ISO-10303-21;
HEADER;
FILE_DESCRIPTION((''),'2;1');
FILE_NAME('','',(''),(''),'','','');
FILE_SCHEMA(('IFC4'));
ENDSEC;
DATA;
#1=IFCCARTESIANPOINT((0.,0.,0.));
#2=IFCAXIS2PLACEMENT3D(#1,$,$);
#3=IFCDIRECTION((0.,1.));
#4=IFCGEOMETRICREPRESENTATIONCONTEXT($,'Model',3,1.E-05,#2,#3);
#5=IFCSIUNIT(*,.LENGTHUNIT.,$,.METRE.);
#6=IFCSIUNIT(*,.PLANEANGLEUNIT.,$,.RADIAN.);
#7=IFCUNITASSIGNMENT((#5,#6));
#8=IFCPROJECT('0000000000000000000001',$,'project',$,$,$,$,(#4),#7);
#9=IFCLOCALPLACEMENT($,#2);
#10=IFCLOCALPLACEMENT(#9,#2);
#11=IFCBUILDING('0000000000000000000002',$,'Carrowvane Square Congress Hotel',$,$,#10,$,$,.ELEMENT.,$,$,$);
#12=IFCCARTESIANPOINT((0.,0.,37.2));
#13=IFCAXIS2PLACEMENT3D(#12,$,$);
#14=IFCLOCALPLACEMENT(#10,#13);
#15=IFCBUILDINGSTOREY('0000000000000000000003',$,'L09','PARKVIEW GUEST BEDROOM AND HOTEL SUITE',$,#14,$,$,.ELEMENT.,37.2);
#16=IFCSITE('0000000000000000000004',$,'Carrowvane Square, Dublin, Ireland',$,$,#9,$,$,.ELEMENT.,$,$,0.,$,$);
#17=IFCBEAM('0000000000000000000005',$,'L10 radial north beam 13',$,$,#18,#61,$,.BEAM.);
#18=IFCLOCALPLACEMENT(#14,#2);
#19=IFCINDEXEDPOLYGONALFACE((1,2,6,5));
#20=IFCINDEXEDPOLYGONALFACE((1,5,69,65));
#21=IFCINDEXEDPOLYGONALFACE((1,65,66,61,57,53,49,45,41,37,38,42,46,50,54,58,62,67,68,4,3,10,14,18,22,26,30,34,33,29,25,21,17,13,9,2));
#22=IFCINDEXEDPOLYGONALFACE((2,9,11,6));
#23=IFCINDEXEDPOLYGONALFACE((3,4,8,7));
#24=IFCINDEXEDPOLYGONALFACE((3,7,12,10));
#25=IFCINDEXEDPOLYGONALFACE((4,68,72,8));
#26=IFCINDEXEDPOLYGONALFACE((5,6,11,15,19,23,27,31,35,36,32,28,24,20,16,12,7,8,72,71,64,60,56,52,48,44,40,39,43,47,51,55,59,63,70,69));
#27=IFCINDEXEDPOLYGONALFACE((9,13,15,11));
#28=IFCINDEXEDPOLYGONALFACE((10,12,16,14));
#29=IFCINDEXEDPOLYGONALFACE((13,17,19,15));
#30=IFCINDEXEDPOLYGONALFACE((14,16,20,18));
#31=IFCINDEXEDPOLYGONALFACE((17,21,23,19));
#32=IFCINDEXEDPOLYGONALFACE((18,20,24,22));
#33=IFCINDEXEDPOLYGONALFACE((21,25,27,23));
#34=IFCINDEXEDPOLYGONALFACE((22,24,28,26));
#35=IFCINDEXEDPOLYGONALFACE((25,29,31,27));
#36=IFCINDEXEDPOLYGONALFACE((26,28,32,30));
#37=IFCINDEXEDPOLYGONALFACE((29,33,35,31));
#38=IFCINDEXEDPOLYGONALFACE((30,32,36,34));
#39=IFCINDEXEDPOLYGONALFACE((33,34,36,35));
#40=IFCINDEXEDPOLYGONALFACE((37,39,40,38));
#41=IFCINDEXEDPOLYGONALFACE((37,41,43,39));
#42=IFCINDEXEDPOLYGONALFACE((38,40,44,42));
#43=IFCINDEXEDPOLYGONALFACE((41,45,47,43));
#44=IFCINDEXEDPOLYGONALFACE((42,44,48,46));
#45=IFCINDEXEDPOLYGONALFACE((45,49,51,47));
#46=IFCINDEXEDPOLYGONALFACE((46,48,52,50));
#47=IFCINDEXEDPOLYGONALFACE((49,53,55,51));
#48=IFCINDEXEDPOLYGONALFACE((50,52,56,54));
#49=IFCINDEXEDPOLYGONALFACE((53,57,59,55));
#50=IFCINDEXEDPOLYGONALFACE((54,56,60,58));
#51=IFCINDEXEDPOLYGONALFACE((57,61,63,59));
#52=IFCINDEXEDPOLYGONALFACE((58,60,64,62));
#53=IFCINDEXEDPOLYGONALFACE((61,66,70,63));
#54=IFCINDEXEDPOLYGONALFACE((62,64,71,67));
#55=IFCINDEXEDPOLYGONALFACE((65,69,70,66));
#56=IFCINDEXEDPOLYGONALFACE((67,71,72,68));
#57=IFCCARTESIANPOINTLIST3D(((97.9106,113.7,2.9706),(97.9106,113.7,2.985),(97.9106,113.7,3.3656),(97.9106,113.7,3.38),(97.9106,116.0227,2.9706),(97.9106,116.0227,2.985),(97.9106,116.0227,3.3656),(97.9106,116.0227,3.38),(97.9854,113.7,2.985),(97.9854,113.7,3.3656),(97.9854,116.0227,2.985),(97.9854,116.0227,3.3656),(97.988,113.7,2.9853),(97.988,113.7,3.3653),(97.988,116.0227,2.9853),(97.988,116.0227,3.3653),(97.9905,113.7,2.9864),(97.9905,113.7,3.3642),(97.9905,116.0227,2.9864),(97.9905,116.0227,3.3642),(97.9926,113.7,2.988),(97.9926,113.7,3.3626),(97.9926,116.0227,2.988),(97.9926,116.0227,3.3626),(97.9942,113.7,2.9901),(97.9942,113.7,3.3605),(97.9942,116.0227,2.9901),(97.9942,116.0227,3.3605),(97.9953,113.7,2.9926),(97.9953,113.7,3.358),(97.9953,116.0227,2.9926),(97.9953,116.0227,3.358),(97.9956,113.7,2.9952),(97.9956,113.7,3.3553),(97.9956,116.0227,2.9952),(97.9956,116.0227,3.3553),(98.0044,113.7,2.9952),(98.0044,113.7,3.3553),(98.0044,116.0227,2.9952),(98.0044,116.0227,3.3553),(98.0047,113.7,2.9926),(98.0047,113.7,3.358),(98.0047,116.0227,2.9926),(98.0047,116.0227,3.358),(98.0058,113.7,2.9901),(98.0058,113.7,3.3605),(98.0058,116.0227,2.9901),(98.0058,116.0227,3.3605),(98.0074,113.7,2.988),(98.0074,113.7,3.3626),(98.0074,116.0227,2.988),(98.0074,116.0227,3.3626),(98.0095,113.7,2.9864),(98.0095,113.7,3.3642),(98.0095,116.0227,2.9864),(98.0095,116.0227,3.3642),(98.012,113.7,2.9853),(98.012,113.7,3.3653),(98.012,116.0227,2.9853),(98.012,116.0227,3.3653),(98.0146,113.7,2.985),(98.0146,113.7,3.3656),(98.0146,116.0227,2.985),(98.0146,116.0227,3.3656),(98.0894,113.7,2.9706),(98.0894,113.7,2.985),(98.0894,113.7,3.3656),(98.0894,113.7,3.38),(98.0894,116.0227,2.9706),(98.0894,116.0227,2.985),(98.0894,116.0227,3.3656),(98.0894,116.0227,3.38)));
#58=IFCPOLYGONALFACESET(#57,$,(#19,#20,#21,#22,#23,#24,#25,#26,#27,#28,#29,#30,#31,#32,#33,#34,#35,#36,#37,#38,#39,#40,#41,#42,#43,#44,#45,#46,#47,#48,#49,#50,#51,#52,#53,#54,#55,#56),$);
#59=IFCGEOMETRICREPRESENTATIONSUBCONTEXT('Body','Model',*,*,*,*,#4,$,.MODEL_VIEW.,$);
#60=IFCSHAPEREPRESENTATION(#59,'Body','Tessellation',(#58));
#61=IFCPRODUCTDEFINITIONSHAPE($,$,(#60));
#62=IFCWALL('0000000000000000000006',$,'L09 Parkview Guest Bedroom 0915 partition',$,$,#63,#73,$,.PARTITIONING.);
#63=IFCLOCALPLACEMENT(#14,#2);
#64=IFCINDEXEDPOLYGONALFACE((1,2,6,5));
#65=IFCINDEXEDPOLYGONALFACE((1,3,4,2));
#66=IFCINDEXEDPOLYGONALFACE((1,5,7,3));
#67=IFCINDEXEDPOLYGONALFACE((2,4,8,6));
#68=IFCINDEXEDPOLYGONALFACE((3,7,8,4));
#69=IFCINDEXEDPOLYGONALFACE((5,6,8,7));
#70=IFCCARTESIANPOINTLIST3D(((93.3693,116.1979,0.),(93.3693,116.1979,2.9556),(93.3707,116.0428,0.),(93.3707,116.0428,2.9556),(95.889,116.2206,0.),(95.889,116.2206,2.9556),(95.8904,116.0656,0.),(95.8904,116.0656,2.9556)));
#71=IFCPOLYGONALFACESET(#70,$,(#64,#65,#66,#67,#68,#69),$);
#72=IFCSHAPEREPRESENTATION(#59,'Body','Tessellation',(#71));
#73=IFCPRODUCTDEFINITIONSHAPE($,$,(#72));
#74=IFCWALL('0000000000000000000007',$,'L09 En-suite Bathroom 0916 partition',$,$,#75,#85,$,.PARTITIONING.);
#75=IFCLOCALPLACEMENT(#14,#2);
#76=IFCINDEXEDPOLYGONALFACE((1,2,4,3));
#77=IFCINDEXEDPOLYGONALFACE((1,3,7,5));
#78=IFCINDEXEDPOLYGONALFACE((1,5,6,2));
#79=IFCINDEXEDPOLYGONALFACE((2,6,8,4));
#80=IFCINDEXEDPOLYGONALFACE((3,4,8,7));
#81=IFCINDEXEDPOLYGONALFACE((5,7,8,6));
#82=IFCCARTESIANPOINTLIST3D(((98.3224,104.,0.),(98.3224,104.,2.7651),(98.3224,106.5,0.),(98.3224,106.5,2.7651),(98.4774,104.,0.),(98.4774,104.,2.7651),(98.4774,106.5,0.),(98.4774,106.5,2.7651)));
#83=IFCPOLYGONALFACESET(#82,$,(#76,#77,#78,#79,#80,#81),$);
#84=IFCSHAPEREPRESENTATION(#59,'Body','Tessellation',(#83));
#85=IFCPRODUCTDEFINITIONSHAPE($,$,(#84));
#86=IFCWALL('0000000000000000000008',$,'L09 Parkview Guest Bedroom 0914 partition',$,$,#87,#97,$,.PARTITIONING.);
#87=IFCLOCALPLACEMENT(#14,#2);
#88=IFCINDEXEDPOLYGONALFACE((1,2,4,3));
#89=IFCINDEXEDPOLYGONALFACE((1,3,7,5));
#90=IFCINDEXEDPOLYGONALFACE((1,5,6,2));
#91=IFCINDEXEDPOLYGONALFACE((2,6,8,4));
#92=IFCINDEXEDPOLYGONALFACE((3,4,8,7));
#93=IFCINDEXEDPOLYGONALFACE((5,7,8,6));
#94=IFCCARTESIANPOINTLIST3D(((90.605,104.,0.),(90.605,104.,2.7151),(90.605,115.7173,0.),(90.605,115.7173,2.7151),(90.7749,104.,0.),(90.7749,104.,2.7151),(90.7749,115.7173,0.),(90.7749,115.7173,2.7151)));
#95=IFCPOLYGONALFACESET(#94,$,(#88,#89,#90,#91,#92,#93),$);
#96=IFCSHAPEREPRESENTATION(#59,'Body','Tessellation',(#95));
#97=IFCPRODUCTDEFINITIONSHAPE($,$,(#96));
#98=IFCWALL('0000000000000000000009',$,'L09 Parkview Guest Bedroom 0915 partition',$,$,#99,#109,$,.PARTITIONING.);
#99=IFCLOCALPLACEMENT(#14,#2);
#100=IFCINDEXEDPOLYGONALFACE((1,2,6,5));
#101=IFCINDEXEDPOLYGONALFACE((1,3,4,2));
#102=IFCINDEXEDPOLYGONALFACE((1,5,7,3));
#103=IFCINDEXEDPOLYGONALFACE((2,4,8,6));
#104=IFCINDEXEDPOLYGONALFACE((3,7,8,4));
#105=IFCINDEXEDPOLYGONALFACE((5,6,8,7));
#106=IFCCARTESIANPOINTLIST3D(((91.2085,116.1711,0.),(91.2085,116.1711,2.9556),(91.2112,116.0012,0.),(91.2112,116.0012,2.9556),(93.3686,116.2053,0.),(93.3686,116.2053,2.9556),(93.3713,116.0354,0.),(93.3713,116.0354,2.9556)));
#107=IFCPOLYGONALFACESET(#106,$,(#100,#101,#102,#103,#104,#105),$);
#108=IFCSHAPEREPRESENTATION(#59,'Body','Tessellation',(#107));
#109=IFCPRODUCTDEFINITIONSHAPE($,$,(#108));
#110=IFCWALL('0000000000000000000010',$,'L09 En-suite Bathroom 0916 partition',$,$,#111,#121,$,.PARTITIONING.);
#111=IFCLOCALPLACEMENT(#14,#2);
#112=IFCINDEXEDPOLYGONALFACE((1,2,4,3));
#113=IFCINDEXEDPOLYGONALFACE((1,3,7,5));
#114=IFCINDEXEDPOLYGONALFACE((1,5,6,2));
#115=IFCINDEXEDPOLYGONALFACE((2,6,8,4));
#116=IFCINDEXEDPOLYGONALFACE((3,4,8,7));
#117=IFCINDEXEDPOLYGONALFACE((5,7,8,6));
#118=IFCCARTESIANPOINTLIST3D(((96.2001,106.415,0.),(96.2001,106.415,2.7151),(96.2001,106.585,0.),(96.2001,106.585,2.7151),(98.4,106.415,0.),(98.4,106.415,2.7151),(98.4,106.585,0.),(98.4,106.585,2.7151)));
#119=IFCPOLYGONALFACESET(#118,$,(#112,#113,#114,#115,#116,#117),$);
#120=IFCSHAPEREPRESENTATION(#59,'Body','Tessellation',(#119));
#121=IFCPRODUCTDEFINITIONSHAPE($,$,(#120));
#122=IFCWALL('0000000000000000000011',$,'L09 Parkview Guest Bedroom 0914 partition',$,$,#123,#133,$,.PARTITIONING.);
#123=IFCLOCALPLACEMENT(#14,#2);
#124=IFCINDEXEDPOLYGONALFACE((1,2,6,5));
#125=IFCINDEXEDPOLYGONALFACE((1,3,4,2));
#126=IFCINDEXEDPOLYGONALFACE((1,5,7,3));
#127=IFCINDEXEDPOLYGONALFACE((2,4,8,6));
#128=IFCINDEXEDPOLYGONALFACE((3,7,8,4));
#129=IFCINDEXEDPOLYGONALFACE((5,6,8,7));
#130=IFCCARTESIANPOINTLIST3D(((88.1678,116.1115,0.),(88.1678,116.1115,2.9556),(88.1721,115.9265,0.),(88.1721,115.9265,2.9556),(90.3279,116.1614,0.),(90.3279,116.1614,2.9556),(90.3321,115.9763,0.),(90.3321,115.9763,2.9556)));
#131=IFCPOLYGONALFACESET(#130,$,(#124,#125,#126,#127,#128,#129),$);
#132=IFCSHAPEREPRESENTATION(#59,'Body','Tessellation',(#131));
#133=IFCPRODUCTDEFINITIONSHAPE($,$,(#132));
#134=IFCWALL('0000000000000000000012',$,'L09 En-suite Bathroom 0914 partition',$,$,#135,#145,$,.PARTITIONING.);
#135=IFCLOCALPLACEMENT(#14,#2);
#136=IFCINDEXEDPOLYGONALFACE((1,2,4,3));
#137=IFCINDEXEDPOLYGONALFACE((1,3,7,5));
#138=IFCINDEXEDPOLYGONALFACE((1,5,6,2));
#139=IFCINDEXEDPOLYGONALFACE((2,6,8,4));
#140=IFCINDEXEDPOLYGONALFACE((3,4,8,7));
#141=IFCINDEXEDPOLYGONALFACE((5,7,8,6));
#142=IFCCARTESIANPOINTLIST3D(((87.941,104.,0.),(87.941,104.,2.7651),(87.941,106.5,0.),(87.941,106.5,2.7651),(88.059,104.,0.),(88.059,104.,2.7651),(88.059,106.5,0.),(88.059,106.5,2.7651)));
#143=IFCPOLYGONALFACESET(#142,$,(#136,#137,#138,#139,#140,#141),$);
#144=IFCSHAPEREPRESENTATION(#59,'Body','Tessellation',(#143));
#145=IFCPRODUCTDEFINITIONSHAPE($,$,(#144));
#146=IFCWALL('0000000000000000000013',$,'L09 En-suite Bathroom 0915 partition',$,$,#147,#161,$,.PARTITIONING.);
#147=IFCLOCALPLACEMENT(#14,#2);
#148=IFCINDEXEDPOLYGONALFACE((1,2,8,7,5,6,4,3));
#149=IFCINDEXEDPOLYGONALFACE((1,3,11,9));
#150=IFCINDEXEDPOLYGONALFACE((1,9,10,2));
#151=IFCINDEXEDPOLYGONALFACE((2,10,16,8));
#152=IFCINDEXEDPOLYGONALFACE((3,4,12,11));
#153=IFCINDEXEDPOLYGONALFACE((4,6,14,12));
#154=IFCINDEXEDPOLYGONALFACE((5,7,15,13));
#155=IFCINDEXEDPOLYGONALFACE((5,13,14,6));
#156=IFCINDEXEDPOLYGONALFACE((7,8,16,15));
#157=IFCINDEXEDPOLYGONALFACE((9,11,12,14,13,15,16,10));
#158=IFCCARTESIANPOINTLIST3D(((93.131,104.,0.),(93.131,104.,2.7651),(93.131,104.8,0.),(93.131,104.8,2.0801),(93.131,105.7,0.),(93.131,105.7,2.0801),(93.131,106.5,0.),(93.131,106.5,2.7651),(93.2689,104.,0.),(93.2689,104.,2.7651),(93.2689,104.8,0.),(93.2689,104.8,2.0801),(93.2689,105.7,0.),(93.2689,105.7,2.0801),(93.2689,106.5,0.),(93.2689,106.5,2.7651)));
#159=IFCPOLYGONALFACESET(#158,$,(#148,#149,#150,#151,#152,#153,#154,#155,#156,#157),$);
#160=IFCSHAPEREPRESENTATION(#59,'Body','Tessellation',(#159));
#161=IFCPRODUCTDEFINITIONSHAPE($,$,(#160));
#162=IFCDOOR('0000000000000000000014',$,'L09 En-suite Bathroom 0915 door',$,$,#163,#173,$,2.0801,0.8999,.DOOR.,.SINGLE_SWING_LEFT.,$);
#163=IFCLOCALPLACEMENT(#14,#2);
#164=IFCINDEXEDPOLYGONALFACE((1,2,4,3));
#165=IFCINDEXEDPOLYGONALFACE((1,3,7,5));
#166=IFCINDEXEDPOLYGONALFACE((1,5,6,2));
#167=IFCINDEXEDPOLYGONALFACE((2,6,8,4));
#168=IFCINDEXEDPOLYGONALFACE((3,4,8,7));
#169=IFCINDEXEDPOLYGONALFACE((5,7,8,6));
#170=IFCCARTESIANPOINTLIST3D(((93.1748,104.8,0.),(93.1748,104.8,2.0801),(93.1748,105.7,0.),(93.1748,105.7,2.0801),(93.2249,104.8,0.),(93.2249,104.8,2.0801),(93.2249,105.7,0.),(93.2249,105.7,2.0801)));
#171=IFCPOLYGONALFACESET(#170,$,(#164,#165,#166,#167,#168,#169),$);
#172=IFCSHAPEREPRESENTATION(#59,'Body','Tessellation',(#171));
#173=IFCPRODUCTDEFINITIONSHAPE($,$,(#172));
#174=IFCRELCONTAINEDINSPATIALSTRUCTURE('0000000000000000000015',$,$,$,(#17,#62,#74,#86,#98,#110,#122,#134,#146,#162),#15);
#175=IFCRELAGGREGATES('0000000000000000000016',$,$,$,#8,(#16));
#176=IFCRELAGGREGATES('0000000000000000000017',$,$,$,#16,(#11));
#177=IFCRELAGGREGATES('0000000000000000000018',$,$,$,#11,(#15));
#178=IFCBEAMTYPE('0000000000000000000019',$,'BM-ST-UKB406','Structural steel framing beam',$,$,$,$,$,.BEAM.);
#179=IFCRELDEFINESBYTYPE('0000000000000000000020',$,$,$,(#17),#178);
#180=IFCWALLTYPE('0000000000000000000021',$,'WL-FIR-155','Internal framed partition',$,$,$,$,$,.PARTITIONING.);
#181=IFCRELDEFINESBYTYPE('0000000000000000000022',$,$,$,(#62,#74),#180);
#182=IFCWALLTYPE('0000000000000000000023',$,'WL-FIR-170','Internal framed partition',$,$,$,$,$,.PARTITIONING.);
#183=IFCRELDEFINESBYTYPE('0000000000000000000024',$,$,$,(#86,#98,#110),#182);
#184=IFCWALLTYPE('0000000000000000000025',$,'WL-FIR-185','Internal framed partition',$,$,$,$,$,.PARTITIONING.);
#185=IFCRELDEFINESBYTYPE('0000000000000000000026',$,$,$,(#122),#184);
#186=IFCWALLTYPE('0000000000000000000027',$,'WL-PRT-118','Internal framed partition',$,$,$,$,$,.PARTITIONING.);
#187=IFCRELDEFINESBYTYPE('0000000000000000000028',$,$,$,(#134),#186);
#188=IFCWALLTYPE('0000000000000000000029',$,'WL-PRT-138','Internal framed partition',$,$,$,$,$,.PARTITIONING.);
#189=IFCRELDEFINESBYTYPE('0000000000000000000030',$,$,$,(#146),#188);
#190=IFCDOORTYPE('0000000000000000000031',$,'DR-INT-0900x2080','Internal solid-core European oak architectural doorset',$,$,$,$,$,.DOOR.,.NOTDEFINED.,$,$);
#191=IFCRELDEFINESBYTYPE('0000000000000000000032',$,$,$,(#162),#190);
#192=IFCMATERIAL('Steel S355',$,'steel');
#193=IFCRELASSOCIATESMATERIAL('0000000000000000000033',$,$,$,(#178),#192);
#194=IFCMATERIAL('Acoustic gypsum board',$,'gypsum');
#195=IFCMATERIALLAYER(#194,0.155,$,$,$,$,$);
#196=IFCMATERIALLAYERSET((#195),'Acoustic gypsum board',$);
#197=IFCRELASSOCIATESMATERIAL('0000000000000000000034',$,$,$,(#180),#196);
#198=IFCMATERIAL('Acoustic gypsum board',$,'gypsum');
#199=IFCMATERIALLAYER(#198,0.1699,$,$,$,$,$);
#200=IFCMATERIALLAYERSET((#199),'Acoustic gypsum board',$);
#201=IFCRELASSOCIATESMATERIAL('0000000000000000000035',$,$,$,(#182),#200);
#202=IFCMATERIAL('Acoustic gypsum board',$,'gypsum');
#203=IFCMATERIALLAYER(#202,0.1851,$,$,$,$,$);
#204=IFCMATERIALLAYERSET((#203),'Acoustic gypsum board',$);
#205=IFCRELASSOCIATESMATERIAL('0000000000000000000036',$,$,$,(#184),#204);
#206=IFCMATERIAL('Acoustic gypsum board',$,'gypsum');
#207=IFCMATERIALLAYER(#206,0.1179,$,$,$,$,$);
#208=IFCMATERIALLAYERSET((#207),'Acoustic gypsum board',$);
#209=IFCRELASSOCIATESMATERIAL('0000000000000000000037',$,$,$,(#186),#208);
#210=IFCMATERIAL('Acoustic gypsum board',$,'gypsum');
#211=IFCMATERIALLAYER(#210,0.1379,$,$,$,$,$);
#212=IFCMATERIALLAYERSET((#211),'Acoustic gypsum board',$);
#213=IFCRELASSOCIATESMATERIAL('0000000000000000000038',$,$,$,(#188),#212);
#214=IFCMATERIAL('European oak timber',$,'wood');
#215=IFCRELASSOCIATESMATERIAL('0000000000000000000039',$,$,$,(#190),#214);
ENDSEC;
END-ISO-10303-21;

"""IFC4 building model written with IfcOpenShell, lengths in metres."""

from ifc_helpers import new_model, si_unit, direction, frame, frame_2d, origin, origin_2d, place, context, subcontext, project, spatial, rectangle, i_section, extrude, material, layer, layer_set, material_profile, profile_set, type_object, element, fill, save


model = new_model("IFC4")

# Units and contexts
model_context = context("Model", 3, precision=1e-05, world=origin(), true_north=direction((0.0, 1.0)))
body_context = subcontext(model_context, "Body", "Model", "MODEL_VIEW")
ifc_project = project(units=[si_unit("LENGTHUNIT", "METRE"), si_unit("PLANEANGLEUNIT", "RADIAN")], contexts=[model_context])

# Site, building, storey
site_placement = place(None, origin())
site = spatial("IfcSite", under=ifc_project, at=site_placement, Name="Carrowvane Square, Dublin, Ireland", CompositionType="ELEMENT", RefElevation=0.0)
building_placement = place(site_placement, origin())
building = spatial("IfcBuilding", under=site, at=building_placement, Name="Carrowvane Square Congress Hotel", CompositionType="ELEMENT")
storey_placement = place(building_placement, frame((0.0, 0.0, 37.2)))
storey = spatial("IfcBuildingStorey", under=building, at=storey_placement, Name="L09", Description="PARKVIEW GUEST BEDROOM AND HOTEL SUITE", CompositionType="ELEMENT", Elevation=37.2)

# Beam
ifc_material_1 = material(Name="Steel S355", Category="steel")
ifc_material_profile_1 = material_profile(ifc_material_1, i_section(OverallWidth=0.1787, OverallDepth=0.4094, WebThickness=0.0088, FlangeThickness=0.0144, FilletRadius=0.0103, at=origin_2d()), Name="UKB 406x178x67")
ifc_profile_set_1 = profile_set([ifc_material_profile_1], Name="Steel S355")
beam_type_1 = type_object("IfcBeamType", Name="BM-ST-UKB406", Description="Structural steel framing beam", PredefinedType="BEAM", material=ifc_profile_set_1)
beam_1_placement = place(storey_placement, frame((98.0, 113.7, 3.1753), z_axis=(0.0, 1.0, 0.0), x_axis=(-1.0, 0.0, 0.0)))
element("IfcBeam", 1, at=beam_1_placement, inside=storey, type_object=beam_type_1, Name="L10 radial north beam 13", PredefinedType="BEAM", context=body_context, shape_type="SweptSolid", body=[
    extrude(i_section(OverallWidth=0.1787, OverallDepth=0.4094, WebThickness=0.0088, FlangeThickness=0.0144, FilletRadius=0.0103, at=origin_2d()), origin(), (0.0, 0.0, 1.0), 2.3228),
])

# Walls
ifc_material_2 = material(Name="Acoustic gypsum board", Category="gypsum")
ifc_layer_1 = layer(ifc_material_2, 0.155)
ifc_layer_set_1 = layer_set([ifc_layer_1], Name="Acoustic gypsum board")
wall_type_1 = type_object("IfcWallType", Name="WL-FIR-155", Description="Internal framed partition", PredefinedType="PARTITIONING", material=ifc_layer_set_1)
wall_1_placement = place(storey_placement, frame((93.3701, 116.1204, 0.0), z_axis=(0.0, 0.0, 1.0), x_axis=(0.999959, 0.00901, 0.0)))
element("IfcWall", 2, at=wall_1_placement, inside=storey, type_object=wall_type_1, Name="L09 Parkview Guest Bedroom 0915 partition", PredefinedType="PARTITIONING", context=body_context, shape_type="SweptSolid", body=[
    extrude(rectangle(XDim=2.5198, YDim=0.155, at=frame_2d((1.2598, 0.0))), origin(), (0.0, 0.0, 1.0), 2.9556),
])
wall_2_placement = place(storey_placement, frame((98.3999, 106.5, 0.0), z_axis=(0.0, 0.0, 1.0), x_axis=(0.0, -1.0, 0.0)))
element("IfcWall", 3, at=wall_2_placement, inside=storey, type_object=wall_type_1, Name="L09 En-suite Bathroom 0916 partition", PredefinedType="PARTITIONING", context=body_context, shape_type="SweptSolid", body=[
    extrude(rectangle(XDim=2.5, YDim=0.155, at=frame_2d((1.25, 0.0))), origin(), (0.0, 0.0, 1.0), 2.7651),
])
ifc_material_3 = material(Name="Acoustic gypsum board", Category="gypsum")
ifc_layer_2 = layer(ifc_material_3, 0.1699)
ifc_layer_set_2 = layer_set([ifc_layer_2], Name="Acoustic gypsum board")
wall_type_2 = type_object("IfcWallType", Name="WL-FIR-170", Description="Internal framed partition", PredefinedType="PARTITIONING", material=ifc_layer_set_2)
wall_3_placement = place(storey_placement, frame((90.6899, 115.7173, 0.0), z_axis=(0.0, 0.0, 1.0), x_axis=(0.0, -1.0, 0.0)))
element("IfcWall", 4, at=wall_3_placement, inside=storey, type_object=wall_type_2, Name="L09 Parkview Guest Bedroom 0914 partition", PredefinedType="PARTITIONING", context=body_context, shape_type="SweptSolid", body=[
    extrude(rectangle(XDim=11.7173, YDim=0.1699, at=frame_2d((5.8586, 0.0))), origin(), (0.0, 0.0, 1.0), 2.7151),
])
wall_4_placement = place(storey_placement, frame((91.21, 116.0862, 0.0), z_axis=(0.0, 0.0, 1.0), x_axis=(0.999875, 0.015821, 0.0)))
element("IfcWall", 5, at=wall_4_placement, inside=storey, type_object=wall_type_2, Name="L09 Parkview Guest Bedroom 0915 partition", PredefinedType="PARTITIONING", context=body_context, shape_type="SweptSolid", body=[
    extrude(rectangle(XDim=2.1604, YDim=0.1699, at=frame_2d((1.0801, 0.0))), origin(), (0.0, 0.0, 1.0), 2.9556),
])
wall_5_placement = place(storey_placement, frame((96.2, 106.5, 0.0), z_axis=(0.0, 0.0, 1.0), x_axis=(1.0, 0.0, 0.0)))
element("IfcWall", 6, at=wall_5_placement, inside=storey, type_object=wall_type_2, Name="L09 En-suite Bathroom 0916 partition", PredefinedType="PARTITIONING", context=body_context, shape_type="SweptSolid", body=[
    extrude(rectangle(XDim=2.2, YDim=0.1699, at=frame_2d((1.1001, 0.0))), origin(), (0.0, 0.0, 1.0), 2.7151),
])
ifc_material_4 = material(Name="Acoustic gypsum board", Category="gypsum")
ifc_layer_3 = layer(ifc_material_4, 0.1851)
ifc_layer_set_3 = layer_set([ifc_layer_3], Name="Acoustic gypsum board")
wall_type_3 = type_object("IfcWallType", Name="WL-FIR-185", Description="Internal framed partition", PredefinedType="PARTITIONING", material=ifc_layer_set_3)
wall_6_placement = place(storey_placement, frame((88.1699, 116.019, 0.0), z_axis=(0.0, 0.0, 1.0), x_axis=(0.999734, 0.02305, 0.0)))
element("IfcWall", 7, at=wall_6_placement, inside=storey, type_object=wall_type_3, Name="L09 Parkview Guest Bedroom 0914 partition", PredefinedType="PARTITIONING", context=body_context, shape_type="SweptSolid", body=[
    extrude(rectangle(XDim=2.1606, YDim=0.1851, at=frame_2d((1.0803, 0.0))), origin(), (0.0, 0.0, 1.0), 2.9556),
])
ifc_material_5 = material(Name="Acoustic gypsum board", Category="gypsum")
ifc_layer_4 = layer(ifc_material_5, 0.1179)
ifc_layer_set_4 = layer_set([ifc_layer_4], Name="Acoustic gypsum board")
wall_type_4 = type_object("IfcWallType", Name="WL-PRT-118", Description="Internal framed partition", PredefinedType="PARTITIONING", material=ifc_layer_set_4)
wall_7_placement = place(storey_placement, frame((88.0, 106.5, 0.0), z_axis=(0.0, 0.0, 1.0), x_axis=(0.0, -1.0, 0.0)))
element("IfcWall", 8, at=wall_7_placement, inside=storey, type_object=wall_type_4, Name="L09 En-suite Bathroom 0914 partition", PredefinedType="PARTITIONING", context=body_context, shape_type="SweptSolid", body=[
    extrude(rectangle(XDim=2.5, YDim=0.1179, at=frame_2d((1.25, 0.0))), origin(), (0.0, 0.0, 1.0), 2.7651),
])

# Wall, opening, door
ifc_material_6 = material(Name="Acoustic gypsum board", Category="gypsum")
ifc_layer_5 = layer(ifc_material_6, 0.1379)
ifc_layer_set_5 = layer_set([ifc_layer_5], Name="Acoustic gypsum board")
wall_type_5 = type_object("IfcWallType", Name="WL-PRT-138", Description="Internal framed partition", PredefinedType="PARTITIONING", material=ifc_layer_set_5)
wall_8_placement = place(storey_placement, frame((93.2, 106.5, 0.0), z_axis=(0.0, 0.0, 1.0), x_axis=(0.0, -1.0, 0.0)))
wall_8 = element("IfcWall", 9, at=wall_8_placement, inside=storey, type_object=wall_type_5, Name="L09 En-suite Bathroom 0915 partition", PredefinedType="PARTITIONING", context=body_context, shape_type="SweptSolid", body=[
    extrude(rectangle(XDim=2.5, YDim=0.1379, at=frame_2d((1.25, 0.0))), origin(), (0.0, 0.0, 1.0), 2.7651),
])
opening_1_placement = place(wall_8_placement, frame((0.8, 0.0, 0.0)))
opening_1 = element("IfcOpeningElement", 10, at=opening_1_placement, cuts=wall_8, PredefinedType="OPENING", context=body_context, shape_type="SweptSolid", body=[
    extrude(rectangle(XDim=0.8999, YDim=2.0801, at=frame_2d((0.45, 1.04))), frame((0.0, 0.0789, 0.0), z_axis=(0.0, -1.0, 0.0), x_axis=(1.0, 0.0, 0.0)), (0.0, 0.0, 1.0), 0.158),
])
ifc_material_7 = material(Name="European oak timber", Category="wood")
door_type_1 = type_object("IfcDoorType", Name="DR-INT-0900x2080", Description="Internal solid-core European oak architectural doorset", OperationType="NOTDEFINED", PredefinedType="DOOR", material=ifc_material_7)
door_1_placement = place(opening_1_placement, origin())
door_1 = element("IfcDoor", 11, at=door_1_placement, inside=storey, type_object=door_type_1, Name="L09 En-suite Bathroom 0915 door", OperationType="SINGLE_SWING_LEFT", OverallHeight=2.0801, OverallWidth=0.8999, PredefinedType="DOOR", context=body_context, shape_type="SweptSolid", body=[
    extrude(rectangle(XDim=0.8999, YDim=2.0801, at=frame_2d((0.45, 1.04))), frame((0.0, 0.0249, 0.0), z_axis=(0.0, -1.0, 0.0), x_axis=(1.0, 0.0, 0.0)), (0.0, 0.0, 1.0), 0.05),
])
fill(opening_1, door_1)

save(model, "model.ifc")
